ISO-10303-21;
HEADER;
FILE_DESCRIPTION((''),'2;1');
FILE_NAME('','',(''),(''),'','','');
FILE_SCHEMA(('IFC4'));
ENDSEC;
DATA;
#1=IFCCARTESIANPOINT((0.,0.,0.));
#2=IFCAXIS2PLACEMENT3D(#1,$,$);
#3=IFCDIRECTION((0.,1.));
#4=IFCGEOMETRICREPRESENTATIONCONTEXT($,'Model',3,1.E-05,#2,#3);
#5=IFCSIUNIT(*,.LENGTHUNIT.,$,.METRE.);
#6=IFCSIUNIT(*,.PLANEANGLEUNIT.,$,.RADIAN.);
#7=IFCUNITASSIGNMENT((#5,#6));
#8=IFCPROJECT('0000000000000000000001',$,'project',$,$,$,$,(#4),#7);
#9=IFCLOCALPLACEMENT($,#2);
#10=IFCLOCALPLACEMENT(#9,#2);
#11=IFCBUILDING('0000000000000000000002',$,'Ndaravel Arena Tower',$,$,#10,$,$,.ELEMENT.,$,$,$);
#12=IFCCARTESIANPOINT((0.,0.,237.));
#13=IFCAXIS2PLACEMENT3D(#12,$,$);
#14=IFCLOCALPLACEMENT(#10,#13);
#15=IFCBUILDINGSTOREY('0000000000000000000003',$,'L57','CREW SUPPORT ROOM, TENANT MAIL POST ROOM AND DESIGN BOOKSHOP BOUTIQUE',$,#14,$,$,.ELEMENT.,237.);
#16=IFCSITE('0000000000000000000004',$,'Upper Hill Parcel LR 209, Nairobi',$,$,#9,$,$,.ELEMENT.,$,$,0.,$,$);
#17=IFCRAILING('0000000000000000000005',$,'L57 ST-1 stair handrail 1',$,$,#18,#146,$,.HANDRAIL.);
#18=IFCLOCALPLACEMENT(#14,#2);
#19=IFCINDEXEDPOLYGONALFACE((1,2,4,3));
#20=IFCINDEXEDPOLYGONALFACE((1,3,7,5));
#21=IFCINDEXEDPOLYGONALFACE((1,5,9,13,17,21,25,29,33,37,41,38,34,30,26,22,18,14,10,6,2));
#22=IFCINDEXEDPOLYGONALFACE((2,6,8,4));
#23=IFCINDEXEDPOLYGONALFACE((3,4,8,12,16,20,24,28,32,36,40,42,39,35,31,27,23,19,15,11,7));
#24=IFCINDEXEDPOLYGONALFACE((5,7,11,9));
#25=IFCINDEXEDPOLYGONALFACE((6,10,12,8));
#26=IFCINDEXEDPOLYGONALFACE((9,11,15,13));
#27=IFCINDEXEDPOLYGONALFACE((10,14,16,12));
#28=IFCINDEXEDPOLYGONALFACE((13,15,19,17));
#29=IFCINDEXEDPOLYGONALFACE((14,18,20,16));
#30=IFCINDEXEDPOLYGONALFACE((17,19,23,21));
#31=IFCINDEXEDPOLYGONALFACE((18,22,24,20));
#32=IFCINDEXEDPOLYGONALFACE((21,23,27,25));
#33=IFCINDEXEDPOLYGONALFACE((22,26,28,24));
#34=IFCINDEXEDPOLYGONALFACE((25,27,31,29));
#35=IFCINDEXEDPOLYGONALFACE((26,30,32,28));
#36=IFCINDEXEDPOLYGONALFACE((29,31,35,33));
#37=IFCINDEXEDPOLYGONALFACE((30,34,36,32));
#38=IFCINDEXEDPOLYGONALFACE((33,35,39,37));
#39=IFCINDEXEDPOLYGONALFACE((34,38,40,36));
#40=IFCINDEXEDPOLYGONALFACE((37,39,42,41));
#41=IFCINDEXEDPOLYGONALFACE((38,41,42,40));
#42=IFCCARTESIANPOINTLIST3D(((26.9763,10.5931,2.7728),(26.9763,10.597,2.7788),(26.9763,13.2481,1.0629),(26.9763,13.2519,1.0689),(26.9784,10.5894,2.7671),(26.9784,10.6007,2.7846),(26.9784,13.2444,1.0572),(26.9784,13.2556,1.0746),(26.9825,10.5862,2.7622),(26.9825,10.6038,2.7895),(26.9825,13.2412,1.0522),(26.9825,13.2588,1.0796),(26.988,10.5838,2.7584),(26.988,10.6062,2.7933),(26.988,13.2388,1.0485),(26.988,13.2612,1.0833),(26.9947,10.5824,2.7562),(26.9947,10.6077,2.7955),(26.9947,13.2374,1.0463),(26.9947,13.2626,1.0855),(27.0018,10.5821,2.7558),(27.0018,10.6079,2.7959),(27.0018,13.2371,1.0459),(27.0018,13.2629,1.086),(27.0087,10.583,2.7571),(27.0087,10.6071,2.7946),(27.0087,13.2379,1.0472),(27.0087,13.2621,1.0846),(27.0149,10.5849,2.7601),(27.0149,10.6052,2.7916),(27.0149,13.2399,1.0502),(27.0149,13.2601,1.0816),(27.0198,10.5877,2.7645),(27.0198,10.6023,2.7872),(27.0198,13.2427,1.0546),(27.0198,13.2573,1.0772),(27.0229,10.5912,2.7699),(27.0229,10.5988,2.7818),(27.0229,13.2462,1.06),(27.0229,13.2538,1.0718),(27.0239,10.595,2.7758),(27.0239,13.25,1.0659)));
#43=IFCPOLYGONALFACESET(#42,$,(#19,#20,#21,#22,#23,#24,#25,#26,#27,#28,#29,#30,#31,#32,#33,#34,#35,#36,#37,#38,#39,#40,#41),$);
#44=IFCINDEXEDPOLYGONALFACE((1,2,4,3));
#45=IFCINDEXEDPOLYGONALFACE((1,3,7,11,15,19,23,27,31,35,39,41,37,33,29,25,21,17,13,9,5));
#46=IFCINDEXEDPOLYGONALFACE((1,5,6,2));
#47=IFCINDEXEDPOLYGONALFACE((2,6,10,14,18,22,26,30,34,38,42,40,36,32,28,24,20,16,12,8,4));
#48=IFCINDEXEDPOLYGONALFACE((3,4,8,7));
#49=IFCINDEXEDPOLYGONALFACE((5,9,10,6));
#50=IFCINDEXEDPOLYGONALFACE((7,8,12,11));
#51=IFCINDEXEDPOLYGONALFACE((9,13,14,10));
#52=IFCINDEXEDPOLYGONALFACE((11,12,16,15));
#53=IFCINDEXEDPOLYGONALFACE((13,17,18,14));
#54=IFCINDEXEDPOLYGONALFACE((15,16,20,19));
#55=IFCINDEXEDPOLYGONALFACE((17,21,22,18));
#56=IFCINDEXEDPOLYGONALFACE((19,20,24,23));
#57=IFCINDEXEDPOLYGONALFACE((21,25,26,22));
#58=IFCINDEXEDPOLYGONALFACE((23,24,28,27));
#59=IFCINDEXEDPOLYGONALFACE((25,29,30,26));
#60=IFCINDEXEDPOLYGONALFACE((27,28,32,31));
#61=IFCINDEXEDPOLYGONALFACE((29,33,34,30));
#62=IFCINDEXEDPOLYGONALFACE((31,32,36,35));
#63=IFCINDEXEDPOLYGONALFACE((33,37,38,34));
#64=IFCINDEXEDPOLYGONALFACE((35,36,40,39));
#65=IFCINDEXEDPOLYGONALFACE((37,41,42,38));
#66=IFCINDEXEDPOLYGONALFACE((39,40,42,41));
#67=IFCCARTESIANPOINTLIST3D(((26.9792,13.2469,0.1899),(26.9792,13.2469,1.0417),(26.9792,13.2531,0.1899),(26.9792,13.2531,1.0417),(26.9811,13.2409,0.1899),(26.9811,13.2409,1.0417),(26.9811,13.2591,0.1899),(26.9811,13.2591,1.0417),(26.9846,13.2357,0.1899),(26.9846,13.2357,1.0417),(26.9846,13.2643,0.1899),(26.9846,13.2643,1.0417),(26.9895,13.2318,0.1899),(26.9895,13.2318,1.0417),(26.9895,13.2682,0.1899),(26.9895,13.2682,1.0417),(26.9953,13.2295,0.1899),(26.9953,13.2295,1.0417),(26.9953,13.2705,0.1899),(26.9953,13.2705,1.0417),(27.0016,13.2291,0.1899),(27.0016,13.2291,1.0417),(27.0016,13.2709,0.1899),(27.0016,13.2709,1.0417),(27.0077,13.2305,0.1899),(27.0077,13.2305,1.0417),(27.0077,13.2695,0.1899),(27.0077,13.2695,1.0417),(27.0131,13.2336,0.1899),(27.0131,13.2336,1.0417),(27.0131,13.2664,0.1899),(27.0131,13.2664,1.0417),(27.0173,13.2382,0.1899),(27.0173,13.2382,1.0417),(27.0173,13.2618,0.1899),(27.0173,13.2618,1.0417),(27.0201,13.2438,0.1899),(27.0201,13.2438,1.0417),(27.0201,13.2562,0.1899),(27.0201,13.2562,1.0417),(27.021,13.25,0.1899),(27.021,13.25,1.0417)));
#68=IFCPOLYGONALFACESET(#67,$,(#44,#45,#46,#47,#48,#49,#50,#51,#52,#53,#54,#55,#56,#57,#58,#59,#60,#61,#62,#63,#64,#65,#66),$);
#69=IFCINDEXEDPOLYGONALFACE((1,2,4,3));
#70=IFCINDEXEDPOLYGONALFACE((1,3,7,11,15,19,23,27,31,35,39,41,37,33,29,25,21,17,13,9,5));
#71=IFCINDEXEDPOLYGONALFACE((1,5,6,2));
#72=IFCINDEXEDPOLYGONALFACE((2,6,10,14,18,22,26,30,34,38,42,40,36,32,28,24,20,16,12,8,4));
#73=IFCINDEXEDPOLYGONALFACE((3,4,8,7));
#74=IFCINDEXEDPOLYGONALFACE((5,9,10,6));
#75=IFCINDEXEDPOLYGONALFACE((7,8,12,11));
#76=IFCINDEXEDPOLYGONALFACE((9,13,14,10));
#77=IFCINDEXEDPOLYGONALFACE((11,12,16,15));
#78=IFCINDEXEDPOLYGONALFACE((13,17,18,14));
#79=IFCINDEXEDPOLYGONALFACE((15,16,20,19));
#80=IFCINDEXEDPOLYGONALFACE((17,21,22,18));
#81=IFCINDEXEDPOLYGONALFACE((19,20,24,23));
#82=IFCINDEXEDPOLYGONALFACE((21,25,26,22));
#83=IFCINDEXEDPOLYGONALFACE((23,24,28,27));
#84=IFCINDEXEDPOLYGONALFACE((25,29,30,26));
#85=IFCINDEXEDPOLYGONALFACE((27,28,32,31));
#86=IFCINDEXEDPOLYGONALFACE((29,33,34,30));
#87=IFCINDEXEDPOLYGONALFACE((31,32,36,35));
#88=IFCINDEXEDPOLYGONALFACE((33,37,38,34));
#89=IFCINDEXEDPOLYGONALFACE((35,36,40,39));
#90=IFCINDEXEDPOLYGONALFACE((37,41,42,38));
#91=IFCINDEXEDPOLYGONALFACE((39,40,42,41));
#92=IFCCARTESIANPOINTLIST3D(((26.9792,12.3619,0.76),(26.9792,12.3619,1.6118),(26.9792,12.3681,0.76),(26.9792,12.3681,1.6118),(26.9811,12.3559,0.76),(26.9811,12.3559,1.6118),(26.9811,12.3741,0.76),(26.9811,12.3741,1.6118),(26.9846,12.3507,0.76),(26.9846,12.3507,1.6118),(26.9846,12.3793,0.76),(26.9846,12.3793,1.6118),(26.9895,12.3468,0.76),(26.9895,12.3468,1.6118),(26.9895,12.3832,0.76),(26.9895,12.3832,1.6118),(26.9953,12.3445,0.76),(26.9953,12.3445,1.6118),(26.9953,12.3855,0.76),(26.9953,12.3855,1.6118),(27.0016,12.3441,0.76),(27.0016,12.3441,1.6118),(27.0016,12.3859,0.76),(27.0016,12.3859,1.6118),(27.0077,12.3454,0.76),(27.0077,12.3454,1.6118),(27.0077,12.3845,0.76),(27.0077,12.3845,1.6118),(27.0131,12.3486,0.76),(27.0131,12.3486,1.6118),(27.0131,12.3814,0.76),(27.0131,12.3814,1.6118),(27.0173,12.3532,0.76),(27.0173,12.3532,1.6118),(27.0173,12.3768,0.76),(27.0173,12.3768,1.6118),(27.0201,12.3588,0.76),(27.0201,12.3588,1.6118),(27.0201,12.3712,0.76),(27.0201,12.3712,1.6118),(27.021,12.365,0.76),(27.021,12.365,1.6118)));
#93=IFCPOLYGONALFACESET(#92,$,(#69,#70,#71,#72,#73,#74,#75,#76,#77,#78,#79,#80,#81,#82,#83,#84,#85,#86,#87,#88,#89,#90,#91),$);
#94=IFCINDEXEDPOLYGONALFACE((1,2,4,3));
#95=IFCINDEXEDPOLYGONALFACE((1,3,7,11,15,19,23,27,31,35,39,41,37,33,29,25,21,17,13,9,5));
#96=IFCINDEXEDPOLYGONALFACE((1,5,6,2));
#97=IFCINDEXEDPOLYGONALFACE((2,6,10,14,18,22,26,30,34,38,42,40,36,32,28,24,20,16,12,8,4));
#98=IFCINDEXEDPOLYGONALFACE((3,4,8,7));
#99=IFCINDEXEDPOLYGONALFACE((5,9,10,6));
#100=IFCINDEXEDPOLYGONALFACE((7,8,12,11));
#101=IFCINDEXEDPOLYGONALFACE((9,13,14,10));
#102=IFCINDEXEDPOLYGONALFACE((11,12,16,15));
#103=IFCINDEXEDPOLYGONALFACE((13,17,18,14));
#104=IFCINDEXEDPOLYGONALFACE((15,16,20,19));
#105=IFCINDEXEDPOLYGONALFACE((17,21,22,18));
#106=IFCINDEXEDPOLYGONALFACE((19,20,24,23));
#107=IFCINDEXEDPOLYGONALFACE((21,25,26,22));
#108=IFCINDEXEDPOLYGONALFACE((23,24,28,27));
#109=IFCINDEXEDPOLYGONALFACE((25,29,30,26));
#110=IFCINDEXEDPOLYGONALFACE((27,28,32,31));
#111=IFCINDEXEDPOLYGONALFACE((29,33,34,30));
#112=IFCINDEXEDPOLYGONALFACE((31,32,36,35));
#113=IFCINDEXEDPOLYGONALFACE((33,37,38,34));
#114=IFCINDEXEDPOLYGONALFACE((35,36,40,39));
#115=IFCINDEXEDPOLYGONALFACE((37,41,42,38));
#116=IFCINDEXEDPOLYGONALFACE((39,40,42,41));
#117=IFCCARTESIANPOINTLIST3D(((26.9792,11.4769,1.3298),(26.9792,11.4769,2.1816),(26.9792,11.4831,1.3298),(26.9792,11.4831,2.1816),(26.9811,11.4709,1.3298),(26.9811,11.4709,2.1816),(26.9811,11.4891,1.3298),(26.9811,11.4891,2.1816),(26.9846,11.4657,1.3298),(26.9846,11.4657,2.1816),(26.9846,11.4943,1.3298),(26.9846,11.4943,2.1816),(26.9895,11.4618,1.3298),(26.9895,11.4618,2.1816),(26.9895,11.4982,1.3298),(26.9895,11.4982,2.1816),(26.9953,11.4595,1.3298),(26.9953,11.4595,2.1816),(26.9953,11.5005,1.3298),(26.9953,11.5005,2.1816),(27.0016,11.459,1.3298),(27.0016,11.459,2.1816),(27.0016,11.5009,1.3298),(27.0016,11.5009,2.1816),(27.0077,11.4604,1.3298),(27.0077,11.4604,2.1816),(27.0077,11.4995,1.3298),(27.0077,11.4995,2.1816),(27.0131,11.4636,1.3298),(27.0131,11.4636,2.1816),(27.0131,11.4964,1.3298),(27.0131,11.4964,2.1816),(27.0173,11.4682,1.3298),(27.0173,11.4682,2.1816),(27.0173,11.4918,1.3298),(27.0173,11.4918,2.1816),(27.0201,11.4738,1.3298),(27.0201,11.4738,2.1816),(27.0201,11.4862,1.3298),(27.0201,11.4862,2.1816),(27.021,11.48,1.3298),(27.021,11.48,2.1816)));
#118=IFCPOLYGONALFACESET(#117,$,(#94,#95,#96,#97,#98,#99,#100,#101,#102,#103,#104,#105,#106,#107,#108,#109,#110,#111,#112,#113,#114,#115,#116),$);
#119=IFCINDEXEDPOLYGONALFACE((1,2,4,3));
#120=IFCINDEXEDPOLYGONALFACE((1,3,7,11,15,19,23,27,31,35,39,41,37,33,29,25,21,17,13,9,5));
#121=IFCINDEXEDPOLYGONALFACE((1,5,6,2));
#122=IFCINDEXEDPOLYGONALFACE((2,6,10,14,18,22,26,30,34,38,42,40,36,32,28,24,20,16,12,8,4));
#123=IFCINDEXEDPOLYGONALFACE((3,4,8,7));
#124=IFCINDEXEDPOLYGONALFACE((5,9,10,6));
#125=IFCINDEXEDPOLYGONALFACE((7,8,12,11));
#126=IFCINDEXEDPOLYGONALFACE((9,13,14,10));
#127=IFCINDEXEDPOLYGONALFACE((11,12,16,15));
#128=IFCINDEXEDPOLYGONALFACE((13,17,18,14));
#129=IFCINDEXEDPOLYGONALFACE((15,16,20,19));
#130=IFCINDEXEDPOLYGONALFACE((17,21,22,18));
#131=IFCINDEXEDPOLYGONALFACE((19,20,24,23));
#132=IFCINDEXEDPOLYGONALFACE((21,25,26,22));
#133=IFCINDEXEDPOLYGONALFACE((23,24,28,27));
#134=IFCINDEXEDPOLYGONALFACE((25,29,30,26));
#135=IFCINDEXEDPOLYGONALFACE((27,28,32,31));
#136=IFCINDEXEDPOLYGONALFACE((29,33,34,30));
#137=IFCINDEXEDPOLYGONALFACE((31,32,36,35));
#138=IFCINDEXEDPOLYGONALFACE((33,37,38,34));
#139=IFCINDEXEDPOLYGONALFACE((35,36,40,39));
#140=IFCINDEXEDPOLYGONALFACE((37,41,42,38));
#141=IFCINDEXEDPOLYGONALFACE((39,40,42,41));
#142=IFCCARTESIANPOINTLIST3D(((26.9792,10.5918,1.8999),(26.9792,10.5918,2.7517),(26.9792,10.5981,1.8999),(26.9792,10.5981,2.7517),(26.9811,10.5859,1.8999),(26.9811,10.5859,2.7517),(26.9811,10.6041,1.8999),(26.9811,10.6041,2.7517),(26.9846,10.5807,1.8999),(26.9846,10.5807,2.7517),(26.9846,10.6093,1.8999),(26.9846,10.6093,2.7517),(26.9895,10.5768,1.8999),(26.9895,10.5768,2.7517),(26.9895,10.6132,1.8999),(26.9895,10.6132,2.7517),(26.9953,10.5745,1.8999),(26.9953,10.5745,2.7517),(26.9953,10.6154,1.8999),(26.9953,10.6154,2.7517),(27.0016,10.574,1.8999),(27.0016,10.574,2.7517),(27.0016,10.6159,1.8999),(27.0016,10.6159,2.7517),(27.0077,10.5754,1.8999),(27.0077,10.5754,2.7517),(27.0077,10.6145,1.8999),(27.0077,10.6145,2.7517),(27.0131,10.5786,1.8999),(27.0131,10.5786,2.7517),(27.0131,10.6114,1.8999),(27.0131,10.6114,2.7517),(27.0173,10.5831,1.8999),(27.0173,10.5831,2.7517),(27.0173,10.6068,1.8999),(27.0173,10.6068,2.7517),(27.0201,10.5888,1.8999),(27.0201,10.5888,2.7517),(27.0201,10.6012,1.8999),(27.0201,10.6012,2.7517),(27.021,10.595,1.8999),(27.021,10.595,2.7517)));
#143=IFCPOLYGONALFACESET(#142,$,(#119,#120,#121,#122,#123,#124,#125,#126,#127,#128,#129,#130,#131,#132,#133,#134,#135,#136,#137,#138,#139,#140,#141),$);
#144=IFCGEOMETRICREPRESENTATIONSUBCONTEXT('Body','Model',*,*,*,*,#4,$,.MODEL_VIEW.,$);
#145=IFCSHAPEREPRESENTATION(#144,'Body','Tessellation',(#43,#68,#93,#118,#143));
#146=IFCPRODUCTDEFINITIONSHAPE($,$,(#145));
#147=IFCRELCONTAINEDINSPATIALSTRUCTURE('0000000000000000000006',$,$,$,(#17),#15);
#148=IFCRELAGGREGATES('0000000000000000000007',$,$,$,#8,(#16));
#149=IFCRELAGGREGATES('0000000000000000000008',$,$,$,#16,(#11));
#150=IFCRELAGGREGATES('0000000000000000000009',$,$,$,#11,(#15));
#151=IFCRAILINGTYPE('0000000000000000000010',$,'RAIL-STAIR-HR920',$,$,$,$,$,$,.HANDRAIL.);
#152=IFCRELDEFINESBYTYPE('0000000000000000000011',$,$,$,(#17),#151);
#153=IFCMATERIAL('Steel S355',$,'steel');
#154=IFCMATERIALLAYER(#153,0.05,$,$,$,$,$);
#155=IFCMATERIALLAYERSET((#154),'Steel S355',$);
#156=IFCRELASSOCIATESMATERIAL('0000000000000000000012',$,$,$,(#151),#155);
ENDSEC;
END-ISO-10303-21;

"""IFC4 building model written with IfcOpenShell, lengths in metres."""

from ifc_helpers import new_model, si_unit, direction, frame, origin, origin_2d, place, context, subcontext, project, spatial, circle, extrude, material, layer, layer_set, type_object, element, save


model = new_model("IFC4")

# Units and contexts
model_context = context("Model", 3, precision=1e-05, world=origin(), true_north=direction((0.0, 1.0)))
body_context = subcontext(model_context, "Body", "Model", "MODEL_VIEW")
ifc_project = project(units=[si_unit("LENGTHUNIT", "METRE"), si_unit("PLANEANGLEUNIT", "RADIAN")], contexts=[model_context])

# Site, building, storey
site_placement = place(None, origin())
site = spatial("IfcSite", under=ifc_project, at=site_placement, Name="Upper Hill Parcel LR 209, Nairobi", CompositionType="ELEMENT", RefElevation=0.0)
building_placement = place(site_placement, origin())
building = spatial("IfcBuilding", under=site, at=building_placement, Name="Ndaravel Arena Tower", CompositionType="ELEMENT")
storey_placement = place(building_placement, frame((0.0, 0.0, 237.0)))
storey = spatial("IfcBuildingStorey", under=building, at=storey_placement, Name="L57", Description="CREW SUPPORT ROOM, TENANT MAIL POST ROOM AND DESIGN BOOKSHOP BOUTIQUE", CompositionType="ELEMENT", Elevation=237.0)

# Railing
ifc_material_1 = material(Name="Steel S355", Category="steel")
ifc_layer_1 = layer(ifc_material_1, 0.05)
ifc_layer_set_1 = layer_set([ifc_layer_1], Name="Steel S355")
railing_type_1 = type_object("IfcRailingType", Name="RAIL-STAIR-HR920", PredefinedType="HANDRAIL", material=ifc_layer_set_1)
railing_1_placement = place(storey_placement, frame((27.0, 13.25, 0.1899)))
element("IfcRailing", 1, at=railing_1_placement, inside=storey, type_object=railing_type_1, Name="L57 ST-1 stair handrail 1", PredefinedType="HANDRAIL", context=body_context, shape_type="SweptSolid", body=[
    extrude(circle(Radius=0.0239, at=origin_2d()), frame((0.0, 0.0, 0.876), z_axis=(0.0, -0.840724, 0.541465), x_axis=(1.0, 0.0, 0.0)), (0.0, 0.0, 1.0), 3.158),
    extrude(circle(Radius=0.021, at=origin_2d()), origin(), (0.0, 0.0, 1.0), 0.8518),
    extrude(circle(Radius=0.021, at=origin_2d()), frame((0.0, -0.885, 0.5701)), (0.0, 0.0, 1.0), 0.8518),
    extrude(circle(Radius=0.021, at=origin_2d()), frame((0.0, -1.77, 1.1399)), (0.0, 0.0, 1.0), 0.8518),
    extrude(circle(Radius=0.021, at=origin_2d()), frame((0.0, -2.655, 1.71)), (0.0, 0.0, 1.0), 0.8518),
])

save(model, "model.ifc")
